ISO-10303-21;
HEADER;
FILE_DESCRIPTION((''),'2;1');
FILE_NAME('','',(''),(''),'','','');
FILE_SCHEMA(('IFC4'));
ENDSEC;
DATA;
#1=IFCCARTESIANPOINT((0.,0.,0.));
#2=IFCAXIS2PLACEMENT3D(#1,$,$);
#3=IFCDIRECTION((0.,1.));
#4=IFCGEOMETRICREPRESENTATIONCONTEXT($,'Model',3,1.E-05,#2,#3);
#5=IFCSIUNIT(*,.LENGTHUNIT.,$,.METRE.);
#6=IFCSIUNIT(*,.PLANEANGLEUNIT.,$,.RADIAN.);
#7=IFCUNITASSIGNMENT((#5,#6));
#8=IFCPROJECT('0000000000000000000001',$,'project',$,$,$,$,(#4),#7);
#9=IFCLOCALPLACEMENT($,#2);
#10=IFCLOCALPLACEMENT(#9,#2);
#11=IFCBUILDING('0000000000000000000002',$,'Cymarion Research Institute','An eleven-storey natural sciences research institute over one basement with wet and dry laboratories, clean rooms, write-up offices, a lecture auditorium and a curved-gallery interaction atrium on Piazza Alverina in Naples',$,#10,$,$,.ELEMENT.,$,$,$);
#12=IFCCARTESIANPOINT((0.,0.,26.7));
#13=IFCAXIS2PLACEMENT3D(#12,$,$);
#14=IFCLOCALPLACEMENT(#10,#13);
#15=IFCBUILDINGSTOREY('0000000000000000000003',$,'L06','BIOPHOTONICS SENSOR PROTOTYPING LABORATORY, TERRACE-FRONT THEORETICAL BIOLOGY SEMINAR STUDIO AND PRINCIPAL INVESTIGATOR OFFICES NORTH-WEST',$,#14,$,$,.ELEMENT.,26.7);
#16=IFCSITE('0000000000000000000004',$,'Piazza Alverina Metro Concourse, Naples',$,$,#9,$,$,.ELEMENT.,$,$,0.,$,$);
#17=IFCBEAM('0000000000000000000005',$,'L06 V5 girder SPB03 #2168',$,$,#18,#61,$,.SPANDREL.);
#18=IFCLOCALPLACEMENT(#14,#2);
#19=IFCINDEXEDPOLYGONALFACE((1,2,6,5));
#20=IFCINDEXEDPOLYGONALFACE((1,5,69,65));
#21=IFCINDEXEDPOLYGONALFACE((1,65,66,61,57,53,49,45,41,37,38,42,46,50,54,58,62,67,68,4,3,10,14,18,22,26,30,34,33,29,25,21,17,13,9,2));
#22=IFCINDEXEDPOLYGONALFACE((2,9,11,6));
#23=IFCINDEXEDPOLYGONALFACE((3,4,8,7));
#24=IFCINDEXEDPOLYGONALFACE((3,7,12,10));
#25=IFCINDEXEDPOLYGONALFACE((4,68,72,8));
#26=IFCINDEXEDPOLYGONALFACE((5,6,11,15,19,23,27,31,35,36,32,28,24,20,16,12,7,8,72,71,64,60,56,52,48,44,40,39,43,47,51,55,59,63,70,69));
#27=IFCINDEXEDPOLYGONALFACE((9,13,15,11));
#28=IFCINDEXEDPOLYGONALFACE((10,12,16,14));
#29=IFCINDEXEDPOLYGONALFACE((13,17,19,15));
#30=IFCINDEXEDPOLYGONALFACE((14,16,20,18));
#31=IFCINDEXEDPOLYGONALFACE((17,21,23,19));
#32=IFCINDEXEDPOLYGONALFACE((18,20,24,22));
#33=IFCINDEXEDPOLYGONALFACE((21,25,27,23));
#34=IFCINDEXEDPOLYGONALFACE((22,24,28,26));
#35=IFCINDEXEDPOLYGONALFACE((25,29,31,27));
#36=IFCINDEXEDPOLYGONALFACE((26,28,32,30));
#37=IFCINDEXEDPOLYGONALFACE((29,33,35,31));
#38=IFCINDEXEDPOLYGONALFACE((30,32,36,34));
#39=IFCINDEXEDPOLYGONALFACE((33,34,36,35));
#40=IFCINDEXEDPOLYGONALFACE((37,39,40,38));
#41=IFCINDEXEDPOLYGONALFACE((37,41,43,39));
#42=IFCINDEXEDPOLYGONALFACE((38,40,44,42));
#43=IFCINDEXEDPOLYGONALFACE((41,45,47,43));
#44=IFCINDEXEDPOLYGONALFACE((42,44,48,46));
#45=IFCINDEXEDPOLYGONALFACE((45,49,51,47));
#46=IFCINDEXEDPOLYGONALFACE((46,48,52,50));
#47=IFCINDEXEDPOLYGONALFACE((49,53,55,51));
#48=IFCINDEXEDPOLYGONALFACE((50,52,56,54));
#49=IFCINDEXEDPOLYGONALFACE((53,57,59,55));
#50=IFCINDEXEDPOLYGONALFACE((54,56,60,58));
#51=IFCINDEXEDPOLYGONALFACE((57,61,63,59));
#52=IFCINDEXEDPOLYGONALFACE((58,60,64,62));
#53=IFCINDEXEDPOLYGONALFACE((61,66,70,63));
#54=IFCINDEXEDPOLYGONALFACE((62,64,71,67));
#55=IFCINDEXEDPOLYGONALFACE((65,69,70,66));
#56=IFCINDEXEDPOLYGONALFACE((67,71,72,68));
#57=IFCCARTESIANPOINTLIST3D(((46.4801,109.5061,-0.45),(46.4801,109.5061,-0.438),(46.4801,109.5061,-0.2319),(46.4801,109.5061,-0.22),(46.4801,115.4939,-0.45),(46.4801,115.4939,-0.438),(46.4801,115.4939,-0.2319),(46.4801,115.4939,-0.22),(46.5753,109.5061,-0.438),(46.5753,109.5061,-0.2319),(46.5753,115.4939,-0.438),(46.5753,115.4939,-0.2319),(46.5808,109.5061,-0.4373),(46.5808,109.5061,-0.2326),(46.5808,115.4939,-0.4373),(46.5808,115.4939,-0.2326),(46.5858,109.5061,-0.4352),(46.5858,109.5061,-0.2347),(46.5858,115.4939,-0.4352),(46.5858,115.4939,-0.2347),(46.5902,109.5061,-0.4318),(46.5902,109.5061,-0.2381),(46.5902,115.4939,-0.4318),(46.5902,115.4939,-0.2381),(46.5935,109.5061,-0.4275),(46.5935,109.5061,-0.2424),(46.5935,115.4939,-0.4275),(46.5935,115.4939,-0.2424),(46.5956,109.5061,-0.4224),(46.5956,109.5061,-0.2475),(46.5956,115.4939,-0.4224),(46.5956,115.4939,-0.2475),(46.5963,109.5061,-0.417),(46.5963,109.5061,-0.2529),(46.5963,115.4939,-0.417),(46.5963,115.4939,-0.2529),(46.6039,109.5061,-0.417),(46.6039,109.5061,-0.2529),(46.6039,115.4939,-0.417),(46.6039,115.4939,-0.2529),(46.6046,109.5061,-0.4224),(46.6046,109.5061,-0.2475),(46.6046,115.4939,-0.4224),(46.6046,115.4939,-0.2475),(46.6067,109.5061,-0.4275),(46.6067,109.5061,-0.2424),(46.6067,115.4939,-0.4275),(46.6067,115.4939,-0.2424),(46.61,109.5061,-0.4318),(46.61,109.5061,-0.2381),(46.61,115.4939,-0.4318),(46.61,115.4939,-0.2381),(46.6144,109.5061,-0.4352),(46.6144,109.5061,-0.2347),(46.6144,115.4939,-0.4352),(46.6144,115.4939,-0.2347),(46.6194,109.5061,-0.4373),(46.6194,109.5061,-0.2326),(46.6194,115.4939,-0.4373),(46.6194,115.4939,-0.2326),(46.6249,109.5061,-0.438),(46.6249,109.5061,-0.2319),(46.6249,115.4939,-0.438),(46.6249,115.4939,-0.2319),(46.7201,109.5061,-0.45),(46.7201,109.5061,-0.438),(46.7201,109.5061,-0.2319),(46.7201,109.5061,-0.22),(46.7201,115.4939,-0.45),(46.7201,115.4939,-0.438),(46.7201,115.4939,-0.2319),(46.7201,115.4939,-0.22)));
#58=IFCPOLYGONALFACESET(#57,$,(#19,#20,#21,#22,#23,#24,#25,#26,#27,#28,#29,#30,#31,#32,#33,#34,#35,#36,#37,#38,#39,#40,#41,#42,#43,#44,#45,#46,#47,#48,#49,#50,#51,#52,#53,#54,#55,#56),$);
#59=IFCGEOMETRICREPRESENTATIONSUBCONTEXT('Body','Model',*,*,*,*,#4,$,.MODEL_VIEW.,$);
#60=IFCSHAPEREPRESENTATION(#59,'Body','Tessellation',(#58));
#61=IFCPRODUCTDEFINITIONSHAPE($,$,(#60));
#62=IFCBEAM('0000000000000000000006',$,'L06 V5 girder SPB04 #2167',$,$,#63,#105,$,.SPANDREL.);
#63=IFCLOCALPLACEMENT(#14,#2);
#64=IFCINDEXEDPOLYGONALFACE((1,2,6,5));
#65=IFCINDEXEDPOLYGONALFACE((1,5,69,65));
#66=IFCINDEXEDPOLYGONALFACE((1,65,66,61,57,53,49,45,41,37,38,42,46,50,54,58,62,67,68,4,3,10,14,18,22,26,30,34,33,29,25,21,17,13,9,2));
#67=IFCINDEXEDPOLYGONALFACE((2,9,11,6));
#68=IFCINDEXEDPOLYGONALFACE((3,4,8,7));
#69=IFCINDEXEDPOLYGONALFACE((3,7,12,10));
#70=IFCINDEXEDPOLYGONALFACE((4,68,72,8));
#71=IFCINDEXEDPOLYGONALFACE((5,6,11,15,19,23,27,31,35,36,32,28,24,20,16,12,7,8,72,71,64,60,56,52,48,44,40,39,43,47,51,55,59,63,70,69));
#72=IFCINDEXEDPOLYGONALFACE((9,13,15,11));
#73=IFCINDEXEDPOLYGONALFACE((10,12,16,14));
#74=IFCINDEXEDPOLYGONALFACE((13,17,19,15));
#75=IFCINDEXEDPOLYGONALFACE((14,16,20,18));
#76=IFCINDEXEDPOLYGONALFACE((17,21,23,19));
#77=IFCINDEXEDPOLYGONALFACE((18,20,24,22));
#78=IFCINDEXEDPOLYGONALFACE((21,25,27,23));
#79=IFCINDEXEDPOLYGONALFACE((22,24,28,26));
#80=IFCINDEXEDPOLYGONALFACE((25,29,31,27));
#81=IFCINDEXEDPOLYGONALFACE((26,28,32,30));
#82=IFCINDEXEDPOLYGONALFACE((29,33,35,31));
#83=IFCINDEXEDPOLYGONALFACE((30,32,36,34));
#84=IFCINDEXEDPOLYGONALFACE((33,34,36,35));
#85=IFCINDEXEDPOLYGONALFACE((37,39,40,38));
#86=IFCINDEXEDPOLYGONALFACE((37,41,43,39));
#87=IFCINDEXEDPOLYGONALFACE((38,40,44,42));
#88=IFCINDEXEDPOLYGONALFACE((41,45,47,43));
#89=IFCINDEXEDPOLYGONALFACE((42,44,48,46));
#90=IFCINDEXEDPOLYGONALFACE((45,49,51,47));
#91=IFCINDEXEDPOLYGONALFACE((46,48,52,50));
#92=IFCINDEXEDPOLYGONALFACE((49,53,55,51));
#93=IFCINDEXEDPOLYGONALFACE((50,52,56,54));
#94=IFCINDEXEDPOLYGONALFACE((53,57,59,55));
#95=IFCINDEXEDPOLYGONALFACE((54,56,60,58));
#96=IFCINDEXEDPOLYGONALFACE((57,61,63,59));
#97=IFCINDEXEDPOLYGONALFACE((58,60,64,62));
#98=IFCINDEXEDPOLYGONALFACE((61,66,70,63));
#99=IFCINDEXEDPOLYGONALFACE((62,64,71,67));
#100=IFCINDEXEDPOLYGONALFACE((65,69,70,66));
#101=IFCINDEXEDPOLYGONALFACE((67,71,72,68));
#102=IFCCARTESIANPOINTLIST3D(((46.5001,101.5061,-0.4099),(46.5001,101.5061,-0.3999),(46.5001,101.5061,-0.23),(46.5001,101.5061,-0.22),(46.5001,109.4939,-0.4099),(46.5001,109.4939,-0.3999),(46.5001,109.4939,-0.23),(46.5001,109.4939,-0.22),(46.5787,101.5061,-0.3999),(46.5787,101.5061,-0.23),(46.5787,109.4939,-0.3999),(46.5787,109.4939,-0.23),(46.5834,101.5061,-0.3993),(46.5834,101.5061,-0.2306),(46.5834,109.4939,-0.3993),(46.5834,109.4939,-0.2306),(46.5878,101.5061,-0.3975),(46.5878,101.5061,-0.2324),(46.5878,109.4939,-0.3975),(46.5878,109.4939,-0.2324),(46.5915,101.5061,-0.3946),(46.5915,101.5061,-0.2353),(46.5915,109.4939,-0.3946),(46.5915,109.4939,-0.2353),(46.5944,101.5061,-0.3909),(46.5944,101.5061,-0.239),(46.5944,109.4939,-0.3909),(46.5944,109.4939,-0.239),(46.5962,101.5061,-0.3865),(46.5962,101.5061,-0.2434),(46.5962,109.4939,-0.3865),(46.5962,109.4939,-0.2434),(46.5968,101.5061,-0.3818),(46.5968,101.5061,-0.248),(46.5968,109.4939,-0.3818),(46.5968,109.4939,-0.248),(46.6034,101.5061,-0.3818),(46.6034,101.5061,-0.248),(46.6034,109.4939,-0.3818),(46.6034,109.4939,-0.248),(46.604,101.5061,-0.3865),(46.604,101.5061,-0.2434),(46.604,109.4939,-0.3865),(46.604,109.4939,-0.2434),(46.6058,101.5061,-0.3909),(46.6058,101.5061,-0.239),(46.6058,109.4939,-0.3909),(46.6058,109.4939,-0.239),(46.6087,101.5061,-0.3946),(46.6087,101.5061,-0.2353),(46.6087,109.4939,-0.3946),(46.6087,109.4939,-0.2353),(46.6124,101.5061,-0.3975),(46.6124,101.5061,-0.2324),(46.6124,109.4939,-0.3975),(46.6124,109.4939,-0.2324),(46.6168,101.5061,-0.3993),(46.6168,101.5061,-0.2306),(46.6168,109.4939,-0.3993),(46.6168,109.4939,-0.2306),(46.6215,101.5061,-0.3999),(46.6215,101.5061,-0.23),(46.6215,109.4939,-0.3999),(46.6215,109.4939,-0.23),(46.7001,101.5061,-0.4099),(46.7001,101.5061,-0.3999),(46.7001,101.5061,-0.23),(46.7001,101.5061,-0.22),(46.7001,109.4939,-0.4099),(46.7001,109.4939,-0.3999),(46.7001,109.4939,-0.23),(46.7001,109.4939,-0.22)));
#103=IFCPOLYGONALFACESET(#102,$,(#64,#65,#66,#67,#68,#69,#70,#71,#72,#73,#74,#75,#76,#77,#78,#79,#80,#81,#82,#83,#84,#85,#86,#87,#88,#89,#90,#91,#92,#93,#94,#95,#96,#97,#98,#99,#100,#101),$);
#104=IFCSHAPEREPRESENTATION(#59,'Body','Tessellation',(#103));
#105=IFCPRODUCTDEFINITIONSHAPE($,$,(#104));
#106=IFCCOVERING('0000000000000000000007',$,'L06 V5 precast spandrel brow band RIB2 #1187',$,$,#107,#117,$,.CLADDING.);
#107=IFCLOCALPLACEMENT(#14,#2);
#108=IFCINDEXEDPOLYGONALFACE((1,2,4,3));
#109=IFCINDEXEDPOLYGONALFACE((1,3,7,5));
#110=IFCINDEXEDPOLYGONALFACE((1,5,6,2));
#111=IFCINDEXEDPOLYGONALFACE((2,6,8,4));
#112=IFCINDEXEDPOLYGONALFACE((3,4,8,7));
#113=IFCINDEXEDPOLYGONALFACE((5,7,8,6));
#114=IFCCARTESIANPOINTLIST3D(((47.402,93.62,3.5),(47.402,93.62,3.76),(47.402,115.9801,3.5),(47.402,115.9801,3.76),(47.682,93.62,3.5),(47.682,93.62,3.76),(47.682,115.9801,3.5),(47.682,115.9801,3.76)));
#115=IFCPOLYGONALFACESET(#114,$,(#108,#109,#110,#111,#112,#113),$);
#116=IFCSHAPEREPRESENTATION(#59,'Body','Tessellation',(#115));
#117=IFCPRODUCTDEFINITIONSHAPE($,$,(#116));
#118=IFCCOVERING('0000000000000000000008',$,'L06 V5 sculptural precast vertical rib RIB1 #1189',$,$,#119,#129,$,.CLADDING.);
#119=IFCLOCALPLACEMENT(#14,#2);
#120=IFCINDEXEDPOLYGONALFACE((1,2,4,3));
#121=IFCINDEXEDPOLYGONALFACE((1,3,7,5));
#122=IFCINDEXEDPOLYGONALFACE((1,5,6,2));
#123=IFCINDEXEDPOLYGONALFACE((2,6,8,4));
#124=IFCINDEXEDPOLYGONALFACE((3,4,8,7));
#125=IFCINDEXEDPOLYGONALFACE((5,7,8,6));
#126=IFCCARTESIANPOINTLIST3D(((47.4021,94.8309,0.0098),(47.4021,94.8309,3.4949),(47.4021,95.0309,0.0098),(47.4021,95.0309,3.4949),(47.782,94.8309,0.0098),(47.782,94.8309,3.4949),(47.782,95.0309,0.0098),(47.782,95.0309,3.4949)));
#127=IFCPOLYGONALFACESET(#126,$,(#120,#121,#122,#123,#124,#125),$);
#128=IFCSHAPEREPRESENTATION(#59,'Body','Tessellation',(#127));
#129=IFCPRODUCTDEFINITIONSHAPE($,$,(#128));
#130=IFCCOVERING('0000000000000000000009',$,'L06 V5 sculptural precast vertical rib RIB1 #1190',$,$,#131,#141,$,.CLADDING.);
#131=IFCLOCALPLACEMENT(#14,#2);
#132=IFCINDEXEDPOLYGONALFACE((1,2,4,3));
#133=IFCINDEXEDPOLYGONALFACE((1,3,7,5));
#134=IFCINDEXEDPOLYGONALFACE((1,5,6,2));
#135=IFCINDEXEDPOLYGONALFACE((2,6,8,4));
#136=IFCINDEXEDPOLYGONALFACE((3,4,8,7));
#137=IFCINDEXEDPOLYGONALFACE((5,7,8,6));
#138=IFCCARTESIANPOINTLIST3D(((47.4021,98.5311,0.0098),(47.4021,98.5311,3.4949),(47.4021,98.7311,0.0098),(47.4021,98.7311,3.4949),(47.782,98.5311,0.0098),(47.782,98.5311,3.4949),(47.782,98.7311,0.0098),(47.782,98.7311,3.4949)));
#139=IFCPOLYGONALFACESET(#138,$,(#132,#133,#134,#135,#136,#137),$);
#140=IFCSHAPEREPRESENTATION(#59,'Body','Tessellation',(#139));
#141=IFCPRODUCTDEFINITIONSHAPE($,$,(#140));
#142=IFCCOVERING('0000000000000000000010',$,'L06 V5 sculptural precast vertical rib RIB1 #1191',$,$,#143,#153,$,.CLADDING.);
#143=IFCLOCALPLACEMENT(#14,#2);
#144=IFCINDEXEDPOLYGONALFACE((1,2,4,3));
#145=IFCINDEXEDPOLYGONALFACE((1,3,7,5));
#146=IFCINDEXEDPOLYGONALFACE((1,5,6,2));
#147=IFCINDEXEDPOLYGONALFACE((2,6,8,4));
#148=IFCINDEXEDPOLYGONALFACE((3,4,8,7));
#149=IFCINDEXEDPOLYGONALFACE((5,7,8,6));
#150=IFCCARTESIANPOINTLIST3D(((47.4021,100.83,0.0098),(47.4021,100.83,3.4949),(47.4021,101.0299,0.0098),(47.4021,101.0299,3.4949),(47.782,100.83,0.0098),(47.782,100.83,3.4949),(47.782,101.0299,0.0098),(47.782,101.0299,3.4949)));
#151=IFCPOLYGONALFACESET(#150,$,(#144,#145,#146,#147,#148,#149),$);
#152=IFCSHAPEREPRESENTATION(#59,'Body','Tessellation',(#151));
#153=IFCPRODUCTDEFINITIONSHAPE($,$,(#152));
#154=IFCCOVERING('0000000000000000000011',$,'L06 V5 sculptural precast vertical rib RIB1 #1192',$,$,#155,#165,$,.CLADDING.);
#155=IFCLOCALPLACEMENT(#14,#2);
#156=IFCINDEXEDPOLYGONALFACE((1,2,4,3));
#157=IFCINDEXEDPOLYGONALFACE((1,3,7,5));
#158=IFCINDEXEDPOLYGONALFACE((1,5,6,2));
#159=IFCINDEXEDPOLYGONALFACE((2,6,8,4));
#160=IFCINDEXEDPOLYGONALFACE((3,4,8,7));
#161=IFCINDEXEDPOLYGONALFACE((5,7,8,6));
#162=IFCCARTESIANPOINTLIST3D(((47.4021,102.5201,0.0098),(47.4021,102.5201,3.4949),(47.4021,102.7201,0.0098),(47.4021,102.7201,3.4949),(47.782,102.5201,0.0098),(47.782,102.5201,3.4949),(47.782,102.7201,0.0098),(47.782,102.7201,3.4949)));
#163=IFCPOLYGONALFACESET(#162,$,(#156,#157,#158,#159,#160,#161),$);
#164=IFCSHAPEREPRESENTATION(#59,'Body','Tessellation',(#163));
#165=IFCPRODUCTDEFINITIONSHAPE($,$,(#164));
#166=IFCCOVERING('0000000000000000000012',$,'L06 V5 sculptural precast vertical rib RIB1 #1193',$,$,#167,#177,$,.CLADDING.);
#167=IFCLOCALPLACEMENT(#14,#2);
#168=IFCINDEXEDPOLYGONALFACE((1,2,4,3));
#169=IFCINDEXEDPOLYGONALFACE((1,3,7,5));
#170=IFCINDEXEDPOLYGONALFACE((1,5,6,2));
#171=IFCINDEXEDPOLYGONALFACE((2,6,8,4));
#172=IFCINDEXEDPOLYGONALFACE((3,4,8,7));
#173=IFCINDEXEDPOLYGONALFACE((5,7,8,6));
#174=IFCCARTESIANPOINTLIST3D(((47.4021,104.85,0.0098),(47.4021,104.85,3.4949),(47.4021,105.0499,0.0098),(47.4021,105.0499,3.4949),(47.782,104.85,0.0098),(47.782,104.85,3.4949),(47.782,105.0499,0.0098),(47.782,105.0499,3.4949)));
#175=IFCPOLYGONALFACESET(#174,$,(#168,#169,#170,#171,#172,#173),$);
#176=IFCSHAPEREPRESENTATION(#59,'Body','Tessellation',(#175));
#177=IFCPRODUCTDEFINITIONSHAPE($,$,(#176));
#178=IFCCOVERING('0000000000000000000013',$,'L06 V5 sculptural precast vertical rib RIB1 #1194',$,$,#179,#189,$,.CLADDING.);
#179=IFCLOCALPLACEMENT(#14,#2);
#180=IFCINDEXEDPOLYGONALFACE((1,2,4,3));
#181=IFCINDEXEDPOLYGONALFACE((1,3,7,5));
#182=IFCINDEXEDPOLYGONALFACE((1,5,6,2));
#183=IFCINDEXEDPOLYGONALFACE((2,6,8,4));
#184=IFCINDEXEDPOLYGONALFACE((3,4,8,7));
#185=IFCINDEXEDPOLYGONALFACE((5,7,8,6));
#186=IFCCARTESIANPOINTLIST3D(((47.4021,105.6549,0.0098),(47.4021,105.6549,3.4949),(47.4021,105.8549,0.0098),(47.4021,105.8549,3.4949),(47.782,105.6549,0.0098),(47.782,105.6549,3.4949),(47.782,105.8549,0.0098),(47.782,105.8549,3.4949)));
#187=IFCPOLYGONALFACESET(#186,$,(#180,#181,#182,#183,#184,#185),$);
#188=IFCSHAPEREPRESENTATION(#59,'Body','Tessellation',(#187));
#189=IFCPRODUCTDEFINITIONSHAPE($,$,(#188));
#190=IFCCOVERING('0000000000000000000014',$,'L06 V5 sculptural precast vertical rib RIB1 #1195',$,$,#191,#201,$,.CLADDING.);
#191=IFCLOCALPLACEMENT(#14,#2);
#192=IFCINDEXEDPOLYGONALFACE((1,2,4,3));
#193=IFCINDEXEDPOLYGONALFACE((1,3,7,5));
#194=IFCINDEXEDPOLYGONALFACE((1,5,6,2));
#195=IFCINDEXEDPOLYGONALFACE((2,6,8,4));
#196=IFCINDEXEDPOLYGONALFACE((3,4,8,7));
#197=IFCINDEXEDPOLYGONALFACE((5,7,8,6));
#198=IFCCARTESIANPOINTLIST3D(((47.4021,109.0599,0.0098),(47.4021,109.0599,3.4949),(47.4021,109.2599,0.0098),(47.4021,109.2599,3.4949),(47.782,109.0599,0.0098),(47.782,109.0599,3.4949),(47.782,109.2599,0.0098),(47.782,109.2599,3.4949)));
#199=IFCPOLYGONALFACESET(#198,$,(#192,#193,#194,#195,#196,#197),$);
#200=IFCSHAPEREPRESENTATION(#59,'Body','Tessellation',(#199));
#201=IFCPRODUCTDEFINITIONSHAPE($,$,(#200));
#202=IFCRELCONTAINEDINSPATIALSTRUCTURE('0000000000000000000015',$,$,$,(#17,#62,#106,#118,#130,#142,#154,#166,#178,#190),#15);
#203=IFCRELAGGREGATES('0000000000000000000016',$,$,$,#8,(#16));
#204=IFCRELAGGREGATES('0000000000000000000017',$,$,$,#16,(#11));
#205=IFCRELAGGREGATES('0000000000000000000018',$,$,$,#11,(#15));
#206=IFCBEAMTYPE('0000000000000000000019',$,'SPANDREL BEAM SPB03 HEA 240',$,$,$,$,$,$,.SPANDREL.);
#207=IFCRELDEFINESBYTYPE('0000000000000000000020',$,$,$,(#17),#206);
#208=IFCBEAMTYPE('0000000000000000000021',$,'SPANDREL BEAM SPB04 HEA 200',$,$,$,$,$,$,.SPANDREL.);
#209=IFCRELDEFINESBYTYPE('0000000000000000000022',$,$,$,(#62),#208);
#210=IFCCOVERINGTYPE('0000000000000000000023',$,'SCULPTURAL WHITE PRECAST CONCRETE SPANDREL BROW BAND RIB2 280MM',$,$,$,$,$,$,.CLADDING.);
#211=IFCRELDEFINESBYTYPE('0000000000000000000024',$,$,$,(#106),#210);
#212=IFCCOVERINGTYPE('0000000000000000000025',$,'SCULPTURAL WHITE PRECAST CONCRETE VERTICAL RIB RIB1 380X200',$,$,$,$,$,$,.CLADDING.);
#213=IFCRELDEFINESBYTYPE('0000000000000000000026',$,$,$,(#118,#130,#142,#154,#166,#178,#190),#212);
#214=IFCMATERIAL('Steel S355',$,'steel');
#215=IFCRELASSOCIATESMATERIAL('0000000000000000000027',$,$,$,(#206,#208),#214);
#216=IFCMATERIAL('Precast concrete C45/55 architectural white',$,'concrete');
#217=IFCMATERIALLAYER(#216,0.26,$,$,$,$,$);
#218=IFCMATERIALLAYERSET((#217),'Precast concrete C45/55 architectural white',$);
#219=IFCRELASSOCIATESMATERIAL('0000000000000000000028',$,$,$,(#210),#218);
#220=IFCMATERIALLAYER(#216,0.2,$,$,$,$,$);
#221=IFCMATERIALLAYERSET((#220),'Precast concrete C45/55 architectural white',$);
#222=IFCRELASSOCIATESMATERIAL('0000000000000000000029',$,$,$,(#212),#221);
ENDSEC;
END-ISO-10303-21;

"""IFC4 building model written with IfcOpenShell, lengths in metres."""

from ifc_helpers import new_model, si_unit, direction, frame, origin, origin_2d, place, context, subcontext, project, spatial, rectangle, i_section, extrude, material, layer, layer_set, material_profile, profile_set, type_object, element, save


model = new_model("IFC4")

# Units and contexts
model_context = context("Model", 3, precision=1e-05, world=origin(), true_north=direction((0.0, 1.0)))
body_context = subcontext(model_context, "Body", "Model", "MODEL_VIEW")
ifc_project = project(units=[si_unit("LENGTHUNIT", "METRE"), si_unit("PLANEANGLEUNIT", "RADIAN")], contexts=[model_context])

# Site, building, storey
site_placement = place(None, origin())
site = spatial("IfcSite", under=ifc_project, at=site_placement, Name="Piazza Alverina Metro Concourse, Naples", CompositionType="ELEMENT", RefElevation=0.0)
building_placement = place(site_placement, origin())
building = spatial("IfcBuilding", under=site, at=building_placement, Name="Cymarion Research Institute", Description="An eleven-storey natural sciences research institute over one basement with wet and dry laboratories, clean rooms, write-up offices, a lecture auditorium and a curved-gallery interaction atrium on Piazza Alverina in Naples", CompositionType="ELEMENT")
storey_placement = place(building_placement, frame((0.0, 0.0, 26.7)))
storey = spatial("IfcBuildingStorey", under=building, at=storey_placement, Name="L06", Description="BIOPHOTONICS SENSOR PROTOTYPING LABORATORY, TERRACE-FRONT THEORETICAL BIOLOGY SEMINAR STUDIO AND PRINCIPAL INVESTIGATOR OFFICES NORTH-WEST", CompositionType="ELEMENT", Elevation=26.7)

# Shared definitions
ifc_material_1 = material(Name="Steel S355", Category="steel")

# Beams
ifc_material_profile_1 = material_profile(ifc_material_1, i_section(OverallWidth=0.24, OverallDepth=0.23, WebThickness=0.0076, FlangeThickness=0.012, FilletRadius=0.021, at=origin_2d()), Name="HEA 240")
ifc_profile_set_1 = profile_set([ifc_material_profile_1], Name="Steel S355")
beam_type_1 = type_object("IfcBeamType", Name="SPANDREL BEAM SPB03 HEA 240", PredefinedType="SPANDREL", material=ifc_profile_set_1)
beam_1_placement = place(storey_placement, frame((46.6001, 109.5061, -0.335), z_axis=(0.0, 1.0, 0.0), x_axis=(-1.0, 0.0, 0.0)))
element("IfcBeam", 1, at=beam_1_placement, inside=storey, type_object=beam_type_1, Name="L06 V5 girder SPB03 #2168", PredefinedType="SPANDREL", context=body_context, shape_type="SweptSolid", body=[
    extrude(i_section(OverallWidth=0.24, OverallDepth=0.23, WebThickness=0.0076, FlangeThickness=0.012, FilletRadius=0.021, at=origin_2d()), origin(), (0.0, 0.0, 1.0), 5.9878),
])
ifc_material_profile_2 = material_profile(ifc_material_1, i_section(OverallWidth=0.2, OverallDepth=0.1899, WebThickness=0.0066, FlangeThickness=0.01, FilletRadius=0.0181, at=origin_2d()), Name="HEA 200")
ifc_profile_set_2 = profile_set([ifc_material_profile_2], Name="Steel S355")
beam_type_2 = type_object("IfcBeamType", Name="SPANDREL BEAM SPB04 HEA 200", PredefinedType="SPANDREL", material=ifc_profile_set_2)
beam_2_placement = place(storey_placement, frame((46.6001, 101.5061, -0.3149), z_axis=(0.0, 1.0, 0.0), x_axis=(-1.0, 0.0, 0.0)))
element("IfcBeam", 2, at=beam_2_placement, inside=storey, type_object=beam_type_2, Name="L06 V5 girder SPB04 #2167", PredefinedType="SPANDREL", context=body_context, shape_type="SweptSolid", body=[
    extrude(i_section(OverallWidth=0.2, OverallDepth=0.1899, WebThickness=0.0066, FlangeThickness=0.01, FilletRadius=0.0181, at=origin_2d()), origin(), (0.0, 0.0, 1.0), 7.9878),
])

# Coverings
ifc_material_2 = material(Name="Precast concrete C45/55 architectural white", Category="concrete")
ifc_layer_1 = layer(ifc_material_2, 0.26)
ifc_layer_set_1 = layer_set([ifc_layer_1], Name="Precast concrete C45/55 architectural white")
covering_type_1 = type_object("IfcCoveringType", Name="SCULPTURAL WHITE PRECAST CONCRETE SPANDREL BROW BAND RIB2 280MM", PredefinedType="CLADDING", material=ifc_layer_set_1)
covering_placement = place(storey_placement, frame((47.542, 104.8, 3.5), z_axis=(0.0, 0.0, 1.0), x_axis=(1.0, 0.0, 0.0)))
element("IfcCovering", 3, at=covering_placement, inside=storey, type_object=covering_type_1, Name="L06 V5 precast spandrel brow band RIB2 #1187", PredefinedType="CLADDING", context=body_context, shape_type="SweptSolid", body=[
    extrude(rectangle(XDim=0.28, YDim=22.3601, at=origin_2d()), origin(), (0.0, 0.0, 1.0), 0.26),
])
ifc_layer_2 = layer(ifc_material_2, 0.2)
ifc_layer_set_2 = layer_set([ifc_layer_2], Name="Precast concrete C45/55 architectural white")
covering_type_2 = type_object("IfcCoveringType", Name="SCULPTURAL WHITE PRECAST CONCRETE VERTICAL RIB RIB1 380X200", PredefinedType="CLADDING", material=ifc_layer_set_2)
for number, where, z_axis, x_axis, name in (
    (4, (47.592, 94.9309, 0.0098), (0.0, 0.0, 1.0), (1.0, 0.0, 0.0), "L06 V5 sculptural precast vertical rib RIB1 #1189"),
    (5, (47.592, 98.6311, 0.0098), (0.0, 0.0, 1.0), (1.0, 0.0, 0.0), "L06 V5 sculptural precast vertical rib RIB1 #1190"),
    (6, (47.592, 100.9299, 0.0098), (0.0, 0.0, 1.0), (1.0, 0.0, 0.0), "L06 V5 sculptural precast vertical rib RIB1 #1191"),
    (7, (47.592, 102.6201, 0.0098), (0.0, 0.0, 1.0), (1.0, 0.0, 0.0), "L06 V5 sculptural precast vertical rib RIB1 #1192"),
    (8, (47.592, 104.95, 0.0098), (0.0, 0.0, 1.0), (1.0, 0.0, 0.0), "L06 V5 sculptural precast vertical rib RIB1 #1193"),
    (9, (47.592, 105.7549, 0.0098), (0.0, 0.0, 1.0), (1.0, 0.0, 0.0), "L06 V5 sculptural precast vertical rib RIB1 #1194"),
    (10, (47.592, 109.1599, 0.0098), (0.0, 0.0, 1.0), (1.0, 0.0, 0.0), "L06 V5 sculptural precast vertical rib RIB1 #1195"),
):
    element("IfcCovering", number, at=place(storey_placement, frame(where, z_axis=z_axis, x_axis=x_axis)), inside=storey, type_object=covering_type_2, Name=name, PredefinedType="CLADDING", context=body_context, shape_type="SweptSolid", body=[
        extrude(rectangle(XDim=0.3799, YDim=0.2, at=origin_2d()), origin(), (0.0, 0.0, 1.0), 3.4851),
    ])

save(model, "model.ifc")
